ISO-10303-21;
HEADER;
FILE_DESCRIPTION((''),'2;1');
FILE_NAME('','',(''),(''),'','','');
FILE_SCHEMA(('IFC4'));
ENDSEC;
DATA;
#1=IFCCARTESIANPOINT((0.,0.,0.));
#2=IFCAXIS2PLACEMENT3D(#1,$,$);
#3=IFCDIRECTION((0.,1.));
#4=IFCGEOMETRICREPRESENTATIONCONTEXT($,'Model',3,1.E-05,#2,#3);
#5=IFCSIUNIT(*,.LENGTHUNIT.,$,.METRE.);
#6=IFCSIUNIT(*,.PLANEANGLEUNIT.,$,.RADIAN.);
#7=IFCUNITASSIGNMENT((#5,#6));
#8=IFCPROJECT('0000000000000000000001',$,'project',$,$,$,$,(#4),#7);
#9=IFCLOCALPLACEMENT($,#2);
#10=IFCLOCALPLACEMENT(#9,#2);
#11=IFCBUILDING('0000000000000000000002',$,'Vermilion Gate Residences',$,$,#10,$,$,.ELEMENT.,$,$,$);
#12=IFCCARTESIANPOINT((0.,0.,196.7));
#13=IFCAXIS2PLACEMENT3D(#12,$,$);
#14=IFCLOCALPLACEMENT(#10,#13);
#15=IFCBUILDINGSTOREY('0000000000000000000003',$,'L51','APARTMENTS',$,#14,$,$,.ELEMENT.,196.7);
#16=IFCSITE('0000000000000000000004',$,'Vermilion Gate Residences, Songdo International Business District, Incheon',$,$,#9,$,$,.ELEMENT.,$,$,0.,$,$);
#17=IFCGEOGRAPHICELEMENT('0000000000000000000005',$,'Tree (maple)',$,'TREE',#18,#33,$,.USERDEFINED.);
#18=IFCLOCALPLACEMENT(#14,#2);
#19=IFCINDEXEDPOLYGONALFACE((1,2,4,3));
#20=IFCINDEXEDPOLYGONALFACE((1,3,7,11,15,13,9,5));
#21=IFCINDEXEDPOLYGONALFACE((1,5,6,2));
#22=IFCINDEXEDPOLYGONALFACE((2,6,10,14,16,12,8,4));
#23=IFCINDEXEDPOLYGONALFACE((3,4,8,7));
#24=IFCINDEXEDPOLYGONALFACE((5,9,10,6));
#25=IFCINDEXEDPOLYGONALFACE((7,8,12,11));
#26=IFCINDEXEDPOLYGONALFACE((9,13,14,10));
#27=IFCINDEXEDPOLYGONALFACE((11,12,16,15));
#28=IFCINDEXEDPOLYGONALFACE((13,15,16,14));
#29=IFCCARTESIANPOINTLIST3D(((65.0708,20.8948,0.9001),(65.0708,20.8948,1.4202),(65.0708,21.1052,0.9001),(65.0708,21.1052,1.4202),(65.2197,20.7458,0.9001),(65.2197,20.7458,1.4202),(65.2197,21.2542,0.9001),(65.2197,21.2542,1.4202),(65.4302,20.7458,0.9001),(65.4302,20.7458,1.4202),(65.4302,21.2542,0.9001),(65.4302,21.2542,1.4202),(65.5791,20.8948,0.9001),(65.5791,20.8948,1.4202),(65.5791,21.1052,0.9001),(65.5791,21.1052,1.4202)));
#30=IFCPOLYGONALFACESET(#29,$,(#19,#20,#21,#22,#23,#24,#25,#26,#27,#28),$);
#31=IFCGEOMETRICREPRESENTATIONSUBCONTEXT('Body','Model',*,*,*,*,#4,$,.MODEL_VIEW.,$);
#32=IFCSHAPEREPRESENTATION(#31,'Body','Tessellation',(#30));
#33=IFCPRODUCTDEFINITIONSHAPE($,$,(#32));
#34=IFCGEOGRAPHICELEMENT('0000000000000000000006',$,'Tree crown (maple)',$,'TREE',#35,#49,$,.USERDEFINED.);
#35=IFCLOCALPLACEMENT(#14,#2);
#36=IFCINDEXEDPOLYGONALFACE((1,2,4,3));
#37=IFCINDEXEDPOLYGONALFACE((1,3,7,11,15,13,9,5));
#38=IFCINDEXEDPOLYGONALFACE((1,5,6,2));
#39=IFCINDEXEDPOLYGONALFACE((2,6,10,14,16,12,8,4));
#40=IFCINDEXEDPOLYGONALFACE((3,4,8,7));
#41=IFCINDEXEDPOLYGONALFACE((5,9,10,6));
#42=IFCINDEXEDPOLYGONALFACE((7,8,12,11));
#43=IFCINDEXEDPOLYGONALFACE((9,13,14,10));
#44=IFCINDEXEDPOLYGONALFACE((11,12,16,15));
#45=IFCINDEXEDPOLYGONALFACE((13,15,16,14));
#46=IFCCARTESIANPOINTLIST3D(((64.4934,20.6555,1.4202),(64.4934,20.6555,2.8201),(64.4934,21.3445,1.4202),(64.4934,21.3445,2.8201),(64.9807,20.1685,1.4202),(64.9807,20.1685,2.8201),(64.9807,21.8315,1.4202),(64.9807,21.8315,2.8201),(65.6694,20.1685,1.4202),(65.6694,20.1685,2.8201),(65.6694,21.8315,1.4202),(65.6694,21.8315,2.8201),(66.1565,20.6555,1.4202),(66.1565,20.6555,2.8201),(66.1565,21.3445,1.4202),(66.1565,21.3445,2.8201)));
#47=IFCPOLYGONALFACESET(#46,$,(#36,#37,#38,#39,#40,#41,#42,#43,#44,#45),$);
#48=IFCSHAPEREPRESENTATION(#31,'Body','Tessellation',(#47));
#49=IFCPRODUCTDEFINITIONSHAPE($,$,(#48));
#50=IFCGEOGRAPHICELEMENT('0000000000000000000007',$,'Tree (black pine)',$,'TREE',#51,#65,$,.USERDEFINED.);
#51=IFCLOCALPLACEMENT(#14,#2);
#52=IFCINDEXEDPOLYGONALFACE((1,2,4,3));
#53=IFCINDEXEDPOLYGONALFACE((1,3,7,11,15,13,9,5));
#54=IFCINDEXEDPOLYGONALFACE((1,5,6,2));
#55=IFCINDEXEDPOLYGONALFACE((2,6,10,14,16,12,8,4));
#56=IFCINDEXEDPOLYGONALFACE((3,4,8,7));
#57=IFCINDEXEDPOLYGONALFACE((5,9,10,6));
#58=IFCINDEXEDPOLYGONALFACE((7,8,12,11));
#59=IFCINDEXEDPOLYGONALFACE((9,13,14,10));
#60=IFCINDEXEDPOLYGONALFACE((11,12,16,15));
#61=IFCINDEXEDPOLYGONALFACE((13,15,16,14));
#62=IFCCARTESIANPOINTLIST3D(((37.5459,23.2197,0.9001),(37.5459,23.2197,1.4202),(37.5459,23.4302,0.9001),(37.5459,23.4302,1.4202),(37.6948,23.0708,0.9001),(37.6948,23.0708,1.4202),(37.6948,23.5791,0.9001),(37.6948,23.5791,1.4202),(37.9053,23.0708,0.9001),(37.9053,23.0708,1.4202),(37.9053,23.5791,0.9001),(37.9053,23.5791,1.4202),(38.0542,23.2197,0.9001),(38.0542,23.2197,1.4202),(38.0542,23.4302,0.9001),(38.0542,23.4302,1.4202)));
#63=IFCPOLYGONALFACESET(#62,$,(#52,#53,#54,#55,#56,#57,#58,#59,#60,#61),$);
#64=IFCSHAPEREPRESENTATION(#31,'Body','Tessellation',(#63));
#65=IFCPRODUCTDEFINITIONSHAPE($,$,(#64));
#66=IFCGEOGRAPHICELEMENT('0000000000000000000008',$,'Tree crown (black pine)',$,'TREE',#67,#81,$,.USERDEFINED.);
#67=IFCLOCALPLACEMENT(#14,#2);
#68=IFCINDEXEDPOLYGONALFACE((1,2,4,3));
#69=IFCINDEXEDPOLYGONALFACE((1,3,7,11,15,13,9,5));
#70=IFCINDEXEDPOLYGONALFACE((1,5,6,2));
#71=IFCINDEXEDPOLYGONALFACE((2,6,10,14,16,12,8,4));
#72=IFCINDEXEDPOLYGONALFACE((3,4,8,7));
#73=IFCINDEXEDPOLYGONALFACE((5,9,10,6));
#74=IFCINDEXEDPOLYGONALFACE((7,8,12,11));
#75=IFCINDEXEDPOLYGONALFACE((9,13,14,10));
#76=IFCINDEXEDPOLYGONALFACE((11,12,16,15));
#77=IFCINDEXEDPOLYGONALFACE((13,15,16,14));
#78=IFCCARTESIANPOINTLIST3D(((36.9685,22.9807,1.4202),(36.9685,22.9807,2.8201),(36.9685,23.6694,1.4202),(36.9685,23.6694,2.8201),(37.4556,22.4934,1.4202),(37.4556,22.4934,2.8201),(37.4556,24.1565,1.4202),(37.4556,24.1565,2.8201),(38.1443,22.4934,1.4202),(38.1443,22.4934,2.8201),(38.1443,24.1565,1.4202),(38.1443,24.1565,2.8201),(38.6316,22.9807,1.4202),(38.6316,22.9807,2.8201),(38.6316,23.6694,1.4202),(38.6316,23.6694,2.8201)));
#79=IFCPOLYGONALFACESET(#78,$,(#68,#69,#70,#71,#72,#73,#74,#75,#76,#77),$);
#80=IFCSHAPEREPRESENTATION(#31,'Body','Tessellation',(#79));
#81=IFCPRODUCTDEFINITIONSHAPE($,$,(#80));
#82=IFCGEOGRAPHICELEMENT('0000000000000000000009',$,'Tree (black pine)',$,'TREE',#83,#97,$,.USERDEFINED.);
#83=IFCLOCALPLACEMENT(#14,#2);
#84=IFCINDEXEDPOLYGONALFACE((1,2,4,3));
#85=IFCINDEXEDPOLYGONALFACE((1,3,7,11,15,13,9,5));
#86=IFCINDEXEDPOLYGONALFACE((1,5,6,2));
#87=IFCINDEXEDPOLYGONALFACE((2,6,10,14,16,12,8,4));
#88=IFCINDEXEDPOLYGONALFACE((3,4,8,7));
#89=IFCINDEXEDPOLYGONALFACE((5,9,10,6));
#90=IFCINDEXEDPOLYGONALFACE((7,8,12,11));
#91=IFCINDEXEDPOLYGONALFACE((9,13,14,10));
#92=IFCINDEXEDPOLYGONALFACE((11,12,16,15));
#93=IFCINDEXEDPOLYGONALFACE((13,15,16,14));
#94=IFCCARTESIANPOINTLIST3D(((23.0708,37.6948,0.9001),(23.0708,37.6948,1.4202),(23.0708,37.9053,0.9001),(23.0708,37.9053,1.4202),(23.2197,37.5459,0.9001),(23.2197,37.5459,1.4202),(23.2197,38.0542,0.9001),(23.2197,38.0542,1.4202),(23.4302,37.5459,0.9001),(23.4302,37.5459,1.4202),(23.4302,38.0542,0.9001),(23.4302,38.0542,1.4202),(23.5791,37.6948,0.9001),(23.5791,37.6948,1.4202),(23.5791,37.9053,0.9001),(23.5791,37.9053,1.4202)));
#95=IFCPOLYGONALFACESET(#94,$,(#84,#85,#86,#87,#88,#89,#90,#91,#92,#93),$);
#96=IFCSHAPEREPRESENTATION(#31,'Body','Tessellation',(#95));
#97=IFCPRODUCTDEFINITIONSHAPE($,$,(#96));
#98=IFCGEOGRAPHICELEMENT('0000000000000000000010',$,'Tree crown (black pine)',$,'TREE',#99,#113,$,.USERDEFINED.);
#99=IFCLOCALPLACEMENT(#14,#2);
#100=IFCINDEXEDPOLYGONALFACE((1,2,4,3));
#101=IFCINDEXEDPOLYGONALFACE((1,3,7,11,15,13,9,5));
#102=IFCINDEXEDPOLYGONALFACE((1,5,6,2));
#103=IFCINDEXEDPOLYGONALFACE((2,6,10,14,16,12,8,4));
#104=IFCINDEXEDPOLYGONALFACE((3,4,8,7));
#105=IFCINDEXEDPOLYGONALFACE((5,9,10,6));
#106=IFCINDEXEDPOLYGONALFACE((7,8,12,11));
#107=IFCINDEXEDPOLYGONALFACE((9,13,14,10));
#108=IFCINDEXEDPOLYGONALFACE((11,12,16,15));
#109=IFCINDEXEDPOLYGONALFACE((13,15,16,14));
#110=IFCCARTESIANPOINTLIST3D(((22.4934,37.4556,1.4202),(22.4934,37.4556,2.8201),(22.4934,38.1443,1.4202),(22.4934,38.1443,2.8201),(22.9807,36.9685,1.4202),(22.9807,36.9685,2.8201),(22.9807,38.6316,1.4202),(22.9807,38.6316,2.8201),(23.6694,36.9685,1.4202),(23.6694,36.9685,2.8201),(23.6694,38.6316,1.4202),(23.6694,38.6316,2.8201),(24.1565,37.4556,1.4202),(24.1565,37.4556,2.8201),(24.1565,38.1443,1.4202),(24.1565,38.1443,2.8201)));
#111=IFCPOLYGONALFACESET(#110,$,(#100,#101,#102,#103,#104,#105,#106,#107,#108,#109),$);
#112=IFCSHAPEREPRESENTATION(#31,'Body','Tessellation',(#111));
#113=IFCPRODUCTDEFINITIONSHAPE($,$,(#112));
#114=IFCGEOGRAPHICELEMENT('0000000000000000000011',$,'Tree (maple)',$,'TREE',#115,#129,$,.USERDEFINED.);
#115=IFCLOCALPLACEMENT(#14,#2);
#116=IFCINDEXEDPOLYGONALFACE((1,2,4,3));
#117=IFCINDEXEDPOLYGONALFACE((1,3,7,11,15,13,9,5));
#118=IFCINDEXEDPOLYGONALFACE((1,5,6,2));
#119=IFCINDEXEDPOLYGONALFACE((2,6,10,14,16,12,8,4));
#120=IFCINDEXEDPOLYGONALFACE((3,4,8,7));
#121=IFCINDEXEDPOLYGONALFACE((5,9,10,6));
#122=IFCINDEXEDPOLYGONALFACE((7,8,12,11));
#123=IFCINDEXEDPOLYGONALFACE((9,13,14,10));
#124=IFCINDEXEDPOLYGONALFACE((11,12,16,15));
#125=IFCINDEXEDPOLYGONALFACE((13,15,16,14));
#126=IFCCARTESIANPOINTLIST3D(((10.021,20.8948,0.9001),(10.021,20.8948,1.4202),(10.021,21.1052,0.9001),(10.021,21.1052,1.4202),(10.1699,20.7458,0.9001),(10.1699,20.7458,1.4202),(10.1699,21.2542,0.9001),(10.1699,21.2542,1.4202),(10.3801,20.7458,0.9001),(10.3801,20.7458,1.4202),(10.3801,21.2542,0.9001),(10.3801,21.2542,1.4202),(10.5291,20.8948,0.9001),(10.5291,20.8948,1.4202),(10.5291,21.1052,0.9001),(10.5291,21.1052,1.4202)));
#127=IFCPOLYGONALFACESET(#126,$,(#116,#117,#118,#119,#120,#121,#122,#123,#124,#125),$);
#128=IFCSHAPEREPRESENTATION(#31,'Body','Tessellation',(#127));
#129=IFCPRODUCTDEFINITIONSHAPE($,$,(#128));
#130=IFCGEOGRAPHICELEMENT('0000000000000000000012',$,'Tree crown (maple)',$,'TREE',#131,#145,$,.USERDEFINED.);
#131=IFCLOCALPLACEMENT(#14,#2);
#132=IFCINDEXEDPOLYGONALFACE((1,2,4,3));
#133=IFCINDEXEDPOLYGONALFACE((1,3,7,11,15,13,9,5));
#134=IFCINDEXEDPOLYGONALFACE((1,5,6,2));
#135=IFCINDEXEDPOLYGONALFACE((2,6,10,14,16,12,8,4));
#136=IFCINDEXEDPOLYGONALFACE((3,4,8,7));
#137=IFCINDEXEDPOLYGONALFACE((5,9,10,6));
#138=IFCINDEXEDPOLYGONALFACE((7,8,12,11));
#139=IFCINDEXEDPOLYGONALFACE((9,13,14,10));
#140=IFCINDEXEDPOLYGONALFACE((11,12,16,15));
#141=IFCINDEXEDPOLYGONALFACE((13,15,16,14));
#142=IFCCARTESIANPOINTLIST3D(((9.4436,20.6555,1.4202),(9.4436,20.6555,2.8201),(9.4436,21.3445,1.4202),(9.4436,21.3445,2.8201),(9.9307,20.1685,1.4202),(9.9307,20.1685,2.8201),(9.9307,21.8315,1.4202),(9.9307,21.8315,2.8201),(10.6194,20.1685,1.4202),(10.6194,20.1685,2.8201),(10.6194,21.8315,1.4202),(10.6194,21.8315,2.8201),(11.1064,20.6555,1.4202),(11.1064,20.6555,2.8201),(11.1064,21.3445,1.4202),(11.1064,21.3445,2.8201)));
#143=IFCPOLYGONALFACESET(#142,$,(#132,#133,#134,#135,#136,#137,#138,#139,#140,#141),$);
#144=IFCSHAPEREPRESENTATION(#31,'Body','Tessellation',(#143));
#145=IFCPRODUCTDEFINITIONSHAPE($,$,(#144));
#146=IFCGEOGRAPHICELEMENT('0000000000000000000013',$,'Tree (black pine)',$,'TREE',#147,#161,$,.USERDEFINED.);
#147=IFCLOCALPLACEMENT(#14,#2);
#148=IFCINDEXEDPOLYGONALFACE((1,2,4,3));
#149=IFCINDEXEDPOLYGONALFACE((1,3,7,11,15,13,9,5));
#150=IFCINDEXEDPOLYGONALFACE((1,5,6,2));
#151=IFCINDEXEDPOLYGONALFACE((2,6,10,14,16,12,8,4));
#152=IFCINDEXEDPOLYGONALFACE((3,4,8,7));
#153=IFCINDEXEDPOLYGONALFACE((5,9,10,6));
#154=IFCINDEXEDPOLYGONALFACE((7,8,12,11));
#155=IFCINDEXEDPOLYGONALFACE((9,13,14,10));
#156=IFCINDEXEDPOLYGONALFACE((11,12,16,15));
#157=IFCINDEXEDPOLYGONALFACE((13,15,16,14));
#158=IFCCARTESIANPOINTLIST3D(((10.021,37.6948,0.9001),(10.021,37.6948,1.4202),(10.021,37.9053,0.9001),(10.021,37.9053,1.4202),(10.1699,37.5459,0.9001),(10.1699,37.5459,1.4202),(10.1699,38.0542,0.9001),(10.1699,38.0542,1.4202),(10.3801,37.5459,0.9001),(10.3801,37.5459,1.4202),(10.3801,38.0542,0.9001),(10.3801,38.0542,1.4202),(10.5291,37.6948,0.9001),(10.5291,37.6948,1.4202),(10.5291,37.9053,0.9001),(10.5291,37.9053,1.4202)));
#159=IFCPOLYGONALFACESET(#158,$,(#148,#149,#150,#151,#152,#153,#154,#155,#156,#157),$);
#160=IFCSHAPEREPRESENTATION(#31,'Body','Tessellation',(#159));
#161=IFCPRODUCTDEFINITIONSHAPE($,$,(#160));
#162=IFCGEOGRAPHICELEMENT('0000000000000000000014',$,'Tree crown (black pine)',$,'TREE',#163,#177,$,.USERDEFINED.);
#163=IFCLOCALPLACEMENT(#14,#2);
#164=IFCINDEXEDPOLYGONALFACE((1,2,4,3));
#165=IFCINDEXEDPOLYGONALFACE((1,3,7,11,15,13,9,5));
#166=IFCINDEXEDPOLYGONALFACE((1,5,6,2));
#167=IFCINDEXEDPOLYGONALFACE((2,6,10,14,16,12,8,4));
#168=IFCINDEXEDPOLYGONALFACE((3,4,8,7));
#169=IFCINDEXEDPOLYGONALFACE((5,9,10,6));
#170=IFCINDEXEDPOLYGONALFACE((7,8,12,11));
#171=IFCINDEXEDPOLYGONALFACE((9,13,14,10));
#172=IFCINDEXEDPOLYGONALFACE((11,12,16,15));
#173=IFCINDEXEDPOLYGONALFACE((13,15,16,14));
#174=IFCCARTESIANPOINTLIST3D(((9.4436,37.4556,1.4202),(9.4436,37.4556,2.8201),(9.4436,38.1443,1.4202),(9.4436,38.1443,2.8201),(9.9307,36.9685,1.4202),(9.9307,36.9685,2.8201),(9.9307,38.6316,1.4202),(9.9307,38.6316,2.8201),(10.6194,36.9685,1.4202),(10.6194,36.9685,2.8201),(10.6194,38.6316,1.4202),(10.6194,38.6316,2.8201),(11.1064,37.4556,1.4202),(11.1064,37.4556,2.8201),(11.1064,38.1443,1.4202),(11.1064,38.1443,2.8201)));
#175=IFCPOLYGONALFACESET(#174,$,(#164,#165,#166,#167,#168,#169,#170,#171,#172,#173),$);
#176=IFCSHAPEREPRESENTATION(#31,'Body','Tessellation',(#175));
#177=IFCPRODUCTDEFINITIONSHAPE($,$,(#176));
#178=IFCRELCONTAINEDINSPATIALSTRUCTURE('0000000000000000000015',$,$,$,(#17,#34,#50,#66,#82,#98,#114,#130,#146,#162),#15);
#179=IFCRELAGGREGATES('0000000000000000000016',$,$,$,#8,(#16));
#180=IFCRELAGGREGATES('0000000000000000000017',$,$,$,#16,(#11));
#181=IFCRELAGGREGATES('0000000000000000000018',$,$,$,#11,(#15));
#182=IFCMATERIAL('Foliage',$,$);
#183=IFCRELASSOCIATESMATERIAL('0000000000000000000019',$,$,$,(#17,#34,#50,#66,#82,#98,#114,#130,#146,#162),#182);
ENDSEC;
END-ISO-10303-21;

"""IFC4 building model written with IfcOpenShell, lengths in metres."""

from ifc_helpers import new_model, si_unit, direction, frame, origin, place, context, subcontext, project, spatial, polyline, outline, extrude, material, element, save


model = new_model("IFC4")

# Units and contexts
model_context = context("Model", 3, precision=1e-05, world=origin(), true_north=direction((0.0, 1.0)))
body_context = subcontext(model_context, "Body", "Model", "MODEL_VIEW")
ifc_project = project(units=[si_unit("LENGTHUNIT", "METRE"), si_unit("PLANEANGLEUNIT", "RADIAN")], contexts=[model_context])

# Site, building, storey
site_placement = place(None, origin())
site = spatial("IfcSite", under=ifc_project, at=site_placement, Name="Vermilion Gate Residences, Songdo International Business District, Incheon", CompositionType="ELEMENT", RefElevation=0.0)
building_placement = place(site_placement, origin())
building = spatial("IfcBuilding", under=site, at=building_placement, Name="Vermilion Gate Residences", CompositionType="ELEMENT")
storey_placement = place(building_placement, frame((0.0, 0.0, 196.7)))
storey = spatial("IfcBuildingStorey", under=building, at=storey_placement, Name="L51", Description="APARTMENTS", CompositionType="ELEMENT", Elevation=196.7)

# Geographic elements
ifc_material_1 = material(Name="Foliage")
geographic_element_1_placement = place(storey_placement, frame((0.0, 0.0, 0.9001)))
element("IfcGeographicElement", 1, at=geographic_element_1_placement, inside=storey, material=ifc_material_1, Name="Tree (maple)", ObjectType="TREE", PredefinedType="USERDEFINED", context=body_context, shape_type="SweptSolid", body=[
    extrude(outline(polyline([(65.5791, 21.1052), (65.4302, 21.2542), (65.2197, 21.2542), (65.0708, 21.1052), (65.0708, 20.8948), (65.2197, 20.7458), (65.4302, 20.7458), (65.5791, 20.8948), (65.5791, 21.1052)])), origin(), (0.0, 0.0, 1.0), 0.52),
])
geographic_element_2_placement = place(storey_placement, frame((0.0, 0.0, 1.4202)))
element("IfcGeographicElement", 2, at=geographic_element_2_placement, inside=storey, material=ifc_material_1, Name="Tree crown (maple)", ObjectType="TREE", PredefinedType="USERDEFINED", context=body_context, shape_type="SweptSolid", body=[
    extrude(outline(polyline([(66.1565, 21.3445), (65.6694, 21.8315), (64.9807, 21.8315), (64.4934, 21.3445), (64.4934, 20.6555), (64.9807, 20.1685), (65.6694, 20.1685), (66.1565, 20.6555), (66.1565, 21.3445)])), origin(), (0.0, 0.0, 1.0), 1.3999),
])
geographic_element_3_placement = place(storey_placement, frame((0.0, 0.0, 0.9001)))
element("IfcGeographicElement", 3, at=geographic_element_3_placement, inside=storey, material=ifc_material_1, Name="Tree (black pine)", ObjectType="TREE", PredefinedType="USERDEFINED", context=body_context, shape_type="SweptSolid", body=[
    extrude(outline(polyline([(38.0542, 23.4302), (37.9053, 23.5791), (37.6948, 23.5791), (37.5459, 23.4302), (37.5459, 23.2197), (37.6948, 23.0708), (37.9053, 23.0708), (38.0542, 23.2197), (38.0542, 23.4302)])), origin(), (0.0, 0.0, 1.0), 0.52),
])
geographic_element_4_placement = place(storey_placement, frame((0.0, 0.0, 1.4202)))
element("IfcGeographicElement", 4, at=geographic_element_4_placement, inside=storey, material=ifc_material_1, Name="Tree crown (black pine)", ObjectType="TREE", PredefinedType="USERDEFINED", context=body_context, shape_type="SweptSolid", body=[
    extrude(outline(polyline([(38.6316, 23.6694), (38.1443, 24.1565), (37.4556, 24.1565), (36.9685, 23.6694), (36.9685, 22.9807), (37.4556, 22.4934), (38.1443, 22.4934), (38.6316, 22.9807), (38.6316, 23.6694)])), origin(), (0.0, 0.0, 1.0), 1.3999),
])
geographic_element_5_placement = place(storey_placement, frame((0.0, 0.0, 0.9001)))
element("IfcGeographicElement", 5, at=geographic_element_5_placement, inside=storey, material=ifc_material_1, Name="Tree (black pine)", ObjectType="TREE", PredefinedType="USERDEFINED", context=body_context, shape_type="SweptSolid", body=[
    extrude(outline(polyline([(23.5791, 37.9053), (23.4302, 38.0542), (23.2197, 38.0542), (23.0708, 37.9053), (23.0708, 37.6948), (23.2197, 37.5459), (23.4302, 37.5459), (23.5791, 37.6948), (23.5791, 37.9053)])), origin(), (0.0, 0.0, 1.0), 0.52),
])
geographic_element_6_placement = place(storey_placement, frame((0.0, 0.0, 1.4202)))
element("IfcGeographicElement", 6, at=geographic_element_6_placement, inside=storey, material=ifc_material_1, Name="Tree crown (black pine)", ObjectType="TREE", PredefinedType="USERDEFINED", context=body_context, shape_type="SweptSolid", body=[
    extrude(outline(polyline([(24.1565, 38.1443), (23.6694, 38.6316), (22.9807, 38.6316), (22.4934, 38.1443), (22.4934, 37.4556), (22.9807, 36.9685), (23.6694, 36.9685), (24.1565, 37.4556), (24.1565, 38.1443)])), origin(), (0.0, 0.0, 1.0), 1.3999),
])
geographic_element_7_placement = place(storey_placement, frame((0.0, 0.0, 0.9001)))
element("IfcGeographicElement", 7, at=geographic_element_7_placement, inside=storey, material=ifc_material_1, Name="Tree (maple)", ObjectType="TREE", PredefinedType="USERDEFINED", context=body_context, shape_type="SweptSolid", body=[
    extrude(outline(polyline([(10.5291, 21.1052), (10.3801, 21.2542), (10.1699, 21.2542), (10.021, 21.1052), (10.021, 20.8948), (10.1699, 20.7458), (10.3801, 20.7458), (10.5291, 20.8948), (10.5291, 21.1052)])), origin(), (0.0, 0.0, 1.0), 0.52),
])
geographic_element_8_placement = place(storey_placement, frame((0.0, 0.0, 1.4202)))
element("IfcGeographicElement", 8, at=geographic_element_8_placement, inside=storey, material=ifc_material_1, Name="Tree crown (maple)", ObjectType="TREE", PredefinedType="USERDEFINED", context=body_context, shape_type="SweptSolid", body=[
    extrude(outline(polyline([(11.1064, 21.3445), (10.6194, 21.8315), (9.9307, 21.8315), (9.4436, 21.3445), (9.4436, 20.6555), (9.9307, 20.1685), (10.6194, 20.1685), (11.1064, 20.6555), (11.1064, 21.3445)])), origin(), (0.0, 0.0, 1.0), 1.3999),
])
geographic_element_9_placement = place(storey_placement, frame((0.0, 0.0, 0.9001)))
element("IfcGeographicElement", 9, at=geographic_element_9_placement, inside=storey, material=ifc_material_1, Name="Tree (black pine)", ObjectType="TREE", PredefinedType="USERDEFINED", context=body_context, shape_type="SweptSolid", body=[
    extrude(outline(polyline([(10.5291, 37.9053), (10.3801, 38.0542), (10.1699, 38.0542), (10.021, 37.9053), (10.021, 37.6948), (10.1699, 37.5459), (10.3801, 37.5459), (10.5291, 37.6948), (10.5291, 37.9053)])), origin(), (0.0, 0.0, 1.0), 0.52),
])
geographic_element_10_placement = place(storey_placement, frame((0.0, 0.0, 1.4202)))
element("IfcGeographicElement", 10, at=geographic_element_10_placement, inside=storey, material=ifc_material_1, Name="Tree crown (black pine)", ObjectType="TREE", PredefinedType="USERDEFINED", context=body_context, shape_type="SweptSolid", body=[
    extrude(outline(polyline([(11.1064, 38.1443), (10.6194, 38.6316), (9.9307, 38.6316), (9.4436, 38.1443), (9.4436, 37.4556), (9.9307, 36.9685), (10.6194, 36.9685), (11.1064, 37.4556), (11.1064, 38.1443)])), origin(), (0.0, 0.0, 1.0), 1.3999),
])

save(model, "model.ifc")
